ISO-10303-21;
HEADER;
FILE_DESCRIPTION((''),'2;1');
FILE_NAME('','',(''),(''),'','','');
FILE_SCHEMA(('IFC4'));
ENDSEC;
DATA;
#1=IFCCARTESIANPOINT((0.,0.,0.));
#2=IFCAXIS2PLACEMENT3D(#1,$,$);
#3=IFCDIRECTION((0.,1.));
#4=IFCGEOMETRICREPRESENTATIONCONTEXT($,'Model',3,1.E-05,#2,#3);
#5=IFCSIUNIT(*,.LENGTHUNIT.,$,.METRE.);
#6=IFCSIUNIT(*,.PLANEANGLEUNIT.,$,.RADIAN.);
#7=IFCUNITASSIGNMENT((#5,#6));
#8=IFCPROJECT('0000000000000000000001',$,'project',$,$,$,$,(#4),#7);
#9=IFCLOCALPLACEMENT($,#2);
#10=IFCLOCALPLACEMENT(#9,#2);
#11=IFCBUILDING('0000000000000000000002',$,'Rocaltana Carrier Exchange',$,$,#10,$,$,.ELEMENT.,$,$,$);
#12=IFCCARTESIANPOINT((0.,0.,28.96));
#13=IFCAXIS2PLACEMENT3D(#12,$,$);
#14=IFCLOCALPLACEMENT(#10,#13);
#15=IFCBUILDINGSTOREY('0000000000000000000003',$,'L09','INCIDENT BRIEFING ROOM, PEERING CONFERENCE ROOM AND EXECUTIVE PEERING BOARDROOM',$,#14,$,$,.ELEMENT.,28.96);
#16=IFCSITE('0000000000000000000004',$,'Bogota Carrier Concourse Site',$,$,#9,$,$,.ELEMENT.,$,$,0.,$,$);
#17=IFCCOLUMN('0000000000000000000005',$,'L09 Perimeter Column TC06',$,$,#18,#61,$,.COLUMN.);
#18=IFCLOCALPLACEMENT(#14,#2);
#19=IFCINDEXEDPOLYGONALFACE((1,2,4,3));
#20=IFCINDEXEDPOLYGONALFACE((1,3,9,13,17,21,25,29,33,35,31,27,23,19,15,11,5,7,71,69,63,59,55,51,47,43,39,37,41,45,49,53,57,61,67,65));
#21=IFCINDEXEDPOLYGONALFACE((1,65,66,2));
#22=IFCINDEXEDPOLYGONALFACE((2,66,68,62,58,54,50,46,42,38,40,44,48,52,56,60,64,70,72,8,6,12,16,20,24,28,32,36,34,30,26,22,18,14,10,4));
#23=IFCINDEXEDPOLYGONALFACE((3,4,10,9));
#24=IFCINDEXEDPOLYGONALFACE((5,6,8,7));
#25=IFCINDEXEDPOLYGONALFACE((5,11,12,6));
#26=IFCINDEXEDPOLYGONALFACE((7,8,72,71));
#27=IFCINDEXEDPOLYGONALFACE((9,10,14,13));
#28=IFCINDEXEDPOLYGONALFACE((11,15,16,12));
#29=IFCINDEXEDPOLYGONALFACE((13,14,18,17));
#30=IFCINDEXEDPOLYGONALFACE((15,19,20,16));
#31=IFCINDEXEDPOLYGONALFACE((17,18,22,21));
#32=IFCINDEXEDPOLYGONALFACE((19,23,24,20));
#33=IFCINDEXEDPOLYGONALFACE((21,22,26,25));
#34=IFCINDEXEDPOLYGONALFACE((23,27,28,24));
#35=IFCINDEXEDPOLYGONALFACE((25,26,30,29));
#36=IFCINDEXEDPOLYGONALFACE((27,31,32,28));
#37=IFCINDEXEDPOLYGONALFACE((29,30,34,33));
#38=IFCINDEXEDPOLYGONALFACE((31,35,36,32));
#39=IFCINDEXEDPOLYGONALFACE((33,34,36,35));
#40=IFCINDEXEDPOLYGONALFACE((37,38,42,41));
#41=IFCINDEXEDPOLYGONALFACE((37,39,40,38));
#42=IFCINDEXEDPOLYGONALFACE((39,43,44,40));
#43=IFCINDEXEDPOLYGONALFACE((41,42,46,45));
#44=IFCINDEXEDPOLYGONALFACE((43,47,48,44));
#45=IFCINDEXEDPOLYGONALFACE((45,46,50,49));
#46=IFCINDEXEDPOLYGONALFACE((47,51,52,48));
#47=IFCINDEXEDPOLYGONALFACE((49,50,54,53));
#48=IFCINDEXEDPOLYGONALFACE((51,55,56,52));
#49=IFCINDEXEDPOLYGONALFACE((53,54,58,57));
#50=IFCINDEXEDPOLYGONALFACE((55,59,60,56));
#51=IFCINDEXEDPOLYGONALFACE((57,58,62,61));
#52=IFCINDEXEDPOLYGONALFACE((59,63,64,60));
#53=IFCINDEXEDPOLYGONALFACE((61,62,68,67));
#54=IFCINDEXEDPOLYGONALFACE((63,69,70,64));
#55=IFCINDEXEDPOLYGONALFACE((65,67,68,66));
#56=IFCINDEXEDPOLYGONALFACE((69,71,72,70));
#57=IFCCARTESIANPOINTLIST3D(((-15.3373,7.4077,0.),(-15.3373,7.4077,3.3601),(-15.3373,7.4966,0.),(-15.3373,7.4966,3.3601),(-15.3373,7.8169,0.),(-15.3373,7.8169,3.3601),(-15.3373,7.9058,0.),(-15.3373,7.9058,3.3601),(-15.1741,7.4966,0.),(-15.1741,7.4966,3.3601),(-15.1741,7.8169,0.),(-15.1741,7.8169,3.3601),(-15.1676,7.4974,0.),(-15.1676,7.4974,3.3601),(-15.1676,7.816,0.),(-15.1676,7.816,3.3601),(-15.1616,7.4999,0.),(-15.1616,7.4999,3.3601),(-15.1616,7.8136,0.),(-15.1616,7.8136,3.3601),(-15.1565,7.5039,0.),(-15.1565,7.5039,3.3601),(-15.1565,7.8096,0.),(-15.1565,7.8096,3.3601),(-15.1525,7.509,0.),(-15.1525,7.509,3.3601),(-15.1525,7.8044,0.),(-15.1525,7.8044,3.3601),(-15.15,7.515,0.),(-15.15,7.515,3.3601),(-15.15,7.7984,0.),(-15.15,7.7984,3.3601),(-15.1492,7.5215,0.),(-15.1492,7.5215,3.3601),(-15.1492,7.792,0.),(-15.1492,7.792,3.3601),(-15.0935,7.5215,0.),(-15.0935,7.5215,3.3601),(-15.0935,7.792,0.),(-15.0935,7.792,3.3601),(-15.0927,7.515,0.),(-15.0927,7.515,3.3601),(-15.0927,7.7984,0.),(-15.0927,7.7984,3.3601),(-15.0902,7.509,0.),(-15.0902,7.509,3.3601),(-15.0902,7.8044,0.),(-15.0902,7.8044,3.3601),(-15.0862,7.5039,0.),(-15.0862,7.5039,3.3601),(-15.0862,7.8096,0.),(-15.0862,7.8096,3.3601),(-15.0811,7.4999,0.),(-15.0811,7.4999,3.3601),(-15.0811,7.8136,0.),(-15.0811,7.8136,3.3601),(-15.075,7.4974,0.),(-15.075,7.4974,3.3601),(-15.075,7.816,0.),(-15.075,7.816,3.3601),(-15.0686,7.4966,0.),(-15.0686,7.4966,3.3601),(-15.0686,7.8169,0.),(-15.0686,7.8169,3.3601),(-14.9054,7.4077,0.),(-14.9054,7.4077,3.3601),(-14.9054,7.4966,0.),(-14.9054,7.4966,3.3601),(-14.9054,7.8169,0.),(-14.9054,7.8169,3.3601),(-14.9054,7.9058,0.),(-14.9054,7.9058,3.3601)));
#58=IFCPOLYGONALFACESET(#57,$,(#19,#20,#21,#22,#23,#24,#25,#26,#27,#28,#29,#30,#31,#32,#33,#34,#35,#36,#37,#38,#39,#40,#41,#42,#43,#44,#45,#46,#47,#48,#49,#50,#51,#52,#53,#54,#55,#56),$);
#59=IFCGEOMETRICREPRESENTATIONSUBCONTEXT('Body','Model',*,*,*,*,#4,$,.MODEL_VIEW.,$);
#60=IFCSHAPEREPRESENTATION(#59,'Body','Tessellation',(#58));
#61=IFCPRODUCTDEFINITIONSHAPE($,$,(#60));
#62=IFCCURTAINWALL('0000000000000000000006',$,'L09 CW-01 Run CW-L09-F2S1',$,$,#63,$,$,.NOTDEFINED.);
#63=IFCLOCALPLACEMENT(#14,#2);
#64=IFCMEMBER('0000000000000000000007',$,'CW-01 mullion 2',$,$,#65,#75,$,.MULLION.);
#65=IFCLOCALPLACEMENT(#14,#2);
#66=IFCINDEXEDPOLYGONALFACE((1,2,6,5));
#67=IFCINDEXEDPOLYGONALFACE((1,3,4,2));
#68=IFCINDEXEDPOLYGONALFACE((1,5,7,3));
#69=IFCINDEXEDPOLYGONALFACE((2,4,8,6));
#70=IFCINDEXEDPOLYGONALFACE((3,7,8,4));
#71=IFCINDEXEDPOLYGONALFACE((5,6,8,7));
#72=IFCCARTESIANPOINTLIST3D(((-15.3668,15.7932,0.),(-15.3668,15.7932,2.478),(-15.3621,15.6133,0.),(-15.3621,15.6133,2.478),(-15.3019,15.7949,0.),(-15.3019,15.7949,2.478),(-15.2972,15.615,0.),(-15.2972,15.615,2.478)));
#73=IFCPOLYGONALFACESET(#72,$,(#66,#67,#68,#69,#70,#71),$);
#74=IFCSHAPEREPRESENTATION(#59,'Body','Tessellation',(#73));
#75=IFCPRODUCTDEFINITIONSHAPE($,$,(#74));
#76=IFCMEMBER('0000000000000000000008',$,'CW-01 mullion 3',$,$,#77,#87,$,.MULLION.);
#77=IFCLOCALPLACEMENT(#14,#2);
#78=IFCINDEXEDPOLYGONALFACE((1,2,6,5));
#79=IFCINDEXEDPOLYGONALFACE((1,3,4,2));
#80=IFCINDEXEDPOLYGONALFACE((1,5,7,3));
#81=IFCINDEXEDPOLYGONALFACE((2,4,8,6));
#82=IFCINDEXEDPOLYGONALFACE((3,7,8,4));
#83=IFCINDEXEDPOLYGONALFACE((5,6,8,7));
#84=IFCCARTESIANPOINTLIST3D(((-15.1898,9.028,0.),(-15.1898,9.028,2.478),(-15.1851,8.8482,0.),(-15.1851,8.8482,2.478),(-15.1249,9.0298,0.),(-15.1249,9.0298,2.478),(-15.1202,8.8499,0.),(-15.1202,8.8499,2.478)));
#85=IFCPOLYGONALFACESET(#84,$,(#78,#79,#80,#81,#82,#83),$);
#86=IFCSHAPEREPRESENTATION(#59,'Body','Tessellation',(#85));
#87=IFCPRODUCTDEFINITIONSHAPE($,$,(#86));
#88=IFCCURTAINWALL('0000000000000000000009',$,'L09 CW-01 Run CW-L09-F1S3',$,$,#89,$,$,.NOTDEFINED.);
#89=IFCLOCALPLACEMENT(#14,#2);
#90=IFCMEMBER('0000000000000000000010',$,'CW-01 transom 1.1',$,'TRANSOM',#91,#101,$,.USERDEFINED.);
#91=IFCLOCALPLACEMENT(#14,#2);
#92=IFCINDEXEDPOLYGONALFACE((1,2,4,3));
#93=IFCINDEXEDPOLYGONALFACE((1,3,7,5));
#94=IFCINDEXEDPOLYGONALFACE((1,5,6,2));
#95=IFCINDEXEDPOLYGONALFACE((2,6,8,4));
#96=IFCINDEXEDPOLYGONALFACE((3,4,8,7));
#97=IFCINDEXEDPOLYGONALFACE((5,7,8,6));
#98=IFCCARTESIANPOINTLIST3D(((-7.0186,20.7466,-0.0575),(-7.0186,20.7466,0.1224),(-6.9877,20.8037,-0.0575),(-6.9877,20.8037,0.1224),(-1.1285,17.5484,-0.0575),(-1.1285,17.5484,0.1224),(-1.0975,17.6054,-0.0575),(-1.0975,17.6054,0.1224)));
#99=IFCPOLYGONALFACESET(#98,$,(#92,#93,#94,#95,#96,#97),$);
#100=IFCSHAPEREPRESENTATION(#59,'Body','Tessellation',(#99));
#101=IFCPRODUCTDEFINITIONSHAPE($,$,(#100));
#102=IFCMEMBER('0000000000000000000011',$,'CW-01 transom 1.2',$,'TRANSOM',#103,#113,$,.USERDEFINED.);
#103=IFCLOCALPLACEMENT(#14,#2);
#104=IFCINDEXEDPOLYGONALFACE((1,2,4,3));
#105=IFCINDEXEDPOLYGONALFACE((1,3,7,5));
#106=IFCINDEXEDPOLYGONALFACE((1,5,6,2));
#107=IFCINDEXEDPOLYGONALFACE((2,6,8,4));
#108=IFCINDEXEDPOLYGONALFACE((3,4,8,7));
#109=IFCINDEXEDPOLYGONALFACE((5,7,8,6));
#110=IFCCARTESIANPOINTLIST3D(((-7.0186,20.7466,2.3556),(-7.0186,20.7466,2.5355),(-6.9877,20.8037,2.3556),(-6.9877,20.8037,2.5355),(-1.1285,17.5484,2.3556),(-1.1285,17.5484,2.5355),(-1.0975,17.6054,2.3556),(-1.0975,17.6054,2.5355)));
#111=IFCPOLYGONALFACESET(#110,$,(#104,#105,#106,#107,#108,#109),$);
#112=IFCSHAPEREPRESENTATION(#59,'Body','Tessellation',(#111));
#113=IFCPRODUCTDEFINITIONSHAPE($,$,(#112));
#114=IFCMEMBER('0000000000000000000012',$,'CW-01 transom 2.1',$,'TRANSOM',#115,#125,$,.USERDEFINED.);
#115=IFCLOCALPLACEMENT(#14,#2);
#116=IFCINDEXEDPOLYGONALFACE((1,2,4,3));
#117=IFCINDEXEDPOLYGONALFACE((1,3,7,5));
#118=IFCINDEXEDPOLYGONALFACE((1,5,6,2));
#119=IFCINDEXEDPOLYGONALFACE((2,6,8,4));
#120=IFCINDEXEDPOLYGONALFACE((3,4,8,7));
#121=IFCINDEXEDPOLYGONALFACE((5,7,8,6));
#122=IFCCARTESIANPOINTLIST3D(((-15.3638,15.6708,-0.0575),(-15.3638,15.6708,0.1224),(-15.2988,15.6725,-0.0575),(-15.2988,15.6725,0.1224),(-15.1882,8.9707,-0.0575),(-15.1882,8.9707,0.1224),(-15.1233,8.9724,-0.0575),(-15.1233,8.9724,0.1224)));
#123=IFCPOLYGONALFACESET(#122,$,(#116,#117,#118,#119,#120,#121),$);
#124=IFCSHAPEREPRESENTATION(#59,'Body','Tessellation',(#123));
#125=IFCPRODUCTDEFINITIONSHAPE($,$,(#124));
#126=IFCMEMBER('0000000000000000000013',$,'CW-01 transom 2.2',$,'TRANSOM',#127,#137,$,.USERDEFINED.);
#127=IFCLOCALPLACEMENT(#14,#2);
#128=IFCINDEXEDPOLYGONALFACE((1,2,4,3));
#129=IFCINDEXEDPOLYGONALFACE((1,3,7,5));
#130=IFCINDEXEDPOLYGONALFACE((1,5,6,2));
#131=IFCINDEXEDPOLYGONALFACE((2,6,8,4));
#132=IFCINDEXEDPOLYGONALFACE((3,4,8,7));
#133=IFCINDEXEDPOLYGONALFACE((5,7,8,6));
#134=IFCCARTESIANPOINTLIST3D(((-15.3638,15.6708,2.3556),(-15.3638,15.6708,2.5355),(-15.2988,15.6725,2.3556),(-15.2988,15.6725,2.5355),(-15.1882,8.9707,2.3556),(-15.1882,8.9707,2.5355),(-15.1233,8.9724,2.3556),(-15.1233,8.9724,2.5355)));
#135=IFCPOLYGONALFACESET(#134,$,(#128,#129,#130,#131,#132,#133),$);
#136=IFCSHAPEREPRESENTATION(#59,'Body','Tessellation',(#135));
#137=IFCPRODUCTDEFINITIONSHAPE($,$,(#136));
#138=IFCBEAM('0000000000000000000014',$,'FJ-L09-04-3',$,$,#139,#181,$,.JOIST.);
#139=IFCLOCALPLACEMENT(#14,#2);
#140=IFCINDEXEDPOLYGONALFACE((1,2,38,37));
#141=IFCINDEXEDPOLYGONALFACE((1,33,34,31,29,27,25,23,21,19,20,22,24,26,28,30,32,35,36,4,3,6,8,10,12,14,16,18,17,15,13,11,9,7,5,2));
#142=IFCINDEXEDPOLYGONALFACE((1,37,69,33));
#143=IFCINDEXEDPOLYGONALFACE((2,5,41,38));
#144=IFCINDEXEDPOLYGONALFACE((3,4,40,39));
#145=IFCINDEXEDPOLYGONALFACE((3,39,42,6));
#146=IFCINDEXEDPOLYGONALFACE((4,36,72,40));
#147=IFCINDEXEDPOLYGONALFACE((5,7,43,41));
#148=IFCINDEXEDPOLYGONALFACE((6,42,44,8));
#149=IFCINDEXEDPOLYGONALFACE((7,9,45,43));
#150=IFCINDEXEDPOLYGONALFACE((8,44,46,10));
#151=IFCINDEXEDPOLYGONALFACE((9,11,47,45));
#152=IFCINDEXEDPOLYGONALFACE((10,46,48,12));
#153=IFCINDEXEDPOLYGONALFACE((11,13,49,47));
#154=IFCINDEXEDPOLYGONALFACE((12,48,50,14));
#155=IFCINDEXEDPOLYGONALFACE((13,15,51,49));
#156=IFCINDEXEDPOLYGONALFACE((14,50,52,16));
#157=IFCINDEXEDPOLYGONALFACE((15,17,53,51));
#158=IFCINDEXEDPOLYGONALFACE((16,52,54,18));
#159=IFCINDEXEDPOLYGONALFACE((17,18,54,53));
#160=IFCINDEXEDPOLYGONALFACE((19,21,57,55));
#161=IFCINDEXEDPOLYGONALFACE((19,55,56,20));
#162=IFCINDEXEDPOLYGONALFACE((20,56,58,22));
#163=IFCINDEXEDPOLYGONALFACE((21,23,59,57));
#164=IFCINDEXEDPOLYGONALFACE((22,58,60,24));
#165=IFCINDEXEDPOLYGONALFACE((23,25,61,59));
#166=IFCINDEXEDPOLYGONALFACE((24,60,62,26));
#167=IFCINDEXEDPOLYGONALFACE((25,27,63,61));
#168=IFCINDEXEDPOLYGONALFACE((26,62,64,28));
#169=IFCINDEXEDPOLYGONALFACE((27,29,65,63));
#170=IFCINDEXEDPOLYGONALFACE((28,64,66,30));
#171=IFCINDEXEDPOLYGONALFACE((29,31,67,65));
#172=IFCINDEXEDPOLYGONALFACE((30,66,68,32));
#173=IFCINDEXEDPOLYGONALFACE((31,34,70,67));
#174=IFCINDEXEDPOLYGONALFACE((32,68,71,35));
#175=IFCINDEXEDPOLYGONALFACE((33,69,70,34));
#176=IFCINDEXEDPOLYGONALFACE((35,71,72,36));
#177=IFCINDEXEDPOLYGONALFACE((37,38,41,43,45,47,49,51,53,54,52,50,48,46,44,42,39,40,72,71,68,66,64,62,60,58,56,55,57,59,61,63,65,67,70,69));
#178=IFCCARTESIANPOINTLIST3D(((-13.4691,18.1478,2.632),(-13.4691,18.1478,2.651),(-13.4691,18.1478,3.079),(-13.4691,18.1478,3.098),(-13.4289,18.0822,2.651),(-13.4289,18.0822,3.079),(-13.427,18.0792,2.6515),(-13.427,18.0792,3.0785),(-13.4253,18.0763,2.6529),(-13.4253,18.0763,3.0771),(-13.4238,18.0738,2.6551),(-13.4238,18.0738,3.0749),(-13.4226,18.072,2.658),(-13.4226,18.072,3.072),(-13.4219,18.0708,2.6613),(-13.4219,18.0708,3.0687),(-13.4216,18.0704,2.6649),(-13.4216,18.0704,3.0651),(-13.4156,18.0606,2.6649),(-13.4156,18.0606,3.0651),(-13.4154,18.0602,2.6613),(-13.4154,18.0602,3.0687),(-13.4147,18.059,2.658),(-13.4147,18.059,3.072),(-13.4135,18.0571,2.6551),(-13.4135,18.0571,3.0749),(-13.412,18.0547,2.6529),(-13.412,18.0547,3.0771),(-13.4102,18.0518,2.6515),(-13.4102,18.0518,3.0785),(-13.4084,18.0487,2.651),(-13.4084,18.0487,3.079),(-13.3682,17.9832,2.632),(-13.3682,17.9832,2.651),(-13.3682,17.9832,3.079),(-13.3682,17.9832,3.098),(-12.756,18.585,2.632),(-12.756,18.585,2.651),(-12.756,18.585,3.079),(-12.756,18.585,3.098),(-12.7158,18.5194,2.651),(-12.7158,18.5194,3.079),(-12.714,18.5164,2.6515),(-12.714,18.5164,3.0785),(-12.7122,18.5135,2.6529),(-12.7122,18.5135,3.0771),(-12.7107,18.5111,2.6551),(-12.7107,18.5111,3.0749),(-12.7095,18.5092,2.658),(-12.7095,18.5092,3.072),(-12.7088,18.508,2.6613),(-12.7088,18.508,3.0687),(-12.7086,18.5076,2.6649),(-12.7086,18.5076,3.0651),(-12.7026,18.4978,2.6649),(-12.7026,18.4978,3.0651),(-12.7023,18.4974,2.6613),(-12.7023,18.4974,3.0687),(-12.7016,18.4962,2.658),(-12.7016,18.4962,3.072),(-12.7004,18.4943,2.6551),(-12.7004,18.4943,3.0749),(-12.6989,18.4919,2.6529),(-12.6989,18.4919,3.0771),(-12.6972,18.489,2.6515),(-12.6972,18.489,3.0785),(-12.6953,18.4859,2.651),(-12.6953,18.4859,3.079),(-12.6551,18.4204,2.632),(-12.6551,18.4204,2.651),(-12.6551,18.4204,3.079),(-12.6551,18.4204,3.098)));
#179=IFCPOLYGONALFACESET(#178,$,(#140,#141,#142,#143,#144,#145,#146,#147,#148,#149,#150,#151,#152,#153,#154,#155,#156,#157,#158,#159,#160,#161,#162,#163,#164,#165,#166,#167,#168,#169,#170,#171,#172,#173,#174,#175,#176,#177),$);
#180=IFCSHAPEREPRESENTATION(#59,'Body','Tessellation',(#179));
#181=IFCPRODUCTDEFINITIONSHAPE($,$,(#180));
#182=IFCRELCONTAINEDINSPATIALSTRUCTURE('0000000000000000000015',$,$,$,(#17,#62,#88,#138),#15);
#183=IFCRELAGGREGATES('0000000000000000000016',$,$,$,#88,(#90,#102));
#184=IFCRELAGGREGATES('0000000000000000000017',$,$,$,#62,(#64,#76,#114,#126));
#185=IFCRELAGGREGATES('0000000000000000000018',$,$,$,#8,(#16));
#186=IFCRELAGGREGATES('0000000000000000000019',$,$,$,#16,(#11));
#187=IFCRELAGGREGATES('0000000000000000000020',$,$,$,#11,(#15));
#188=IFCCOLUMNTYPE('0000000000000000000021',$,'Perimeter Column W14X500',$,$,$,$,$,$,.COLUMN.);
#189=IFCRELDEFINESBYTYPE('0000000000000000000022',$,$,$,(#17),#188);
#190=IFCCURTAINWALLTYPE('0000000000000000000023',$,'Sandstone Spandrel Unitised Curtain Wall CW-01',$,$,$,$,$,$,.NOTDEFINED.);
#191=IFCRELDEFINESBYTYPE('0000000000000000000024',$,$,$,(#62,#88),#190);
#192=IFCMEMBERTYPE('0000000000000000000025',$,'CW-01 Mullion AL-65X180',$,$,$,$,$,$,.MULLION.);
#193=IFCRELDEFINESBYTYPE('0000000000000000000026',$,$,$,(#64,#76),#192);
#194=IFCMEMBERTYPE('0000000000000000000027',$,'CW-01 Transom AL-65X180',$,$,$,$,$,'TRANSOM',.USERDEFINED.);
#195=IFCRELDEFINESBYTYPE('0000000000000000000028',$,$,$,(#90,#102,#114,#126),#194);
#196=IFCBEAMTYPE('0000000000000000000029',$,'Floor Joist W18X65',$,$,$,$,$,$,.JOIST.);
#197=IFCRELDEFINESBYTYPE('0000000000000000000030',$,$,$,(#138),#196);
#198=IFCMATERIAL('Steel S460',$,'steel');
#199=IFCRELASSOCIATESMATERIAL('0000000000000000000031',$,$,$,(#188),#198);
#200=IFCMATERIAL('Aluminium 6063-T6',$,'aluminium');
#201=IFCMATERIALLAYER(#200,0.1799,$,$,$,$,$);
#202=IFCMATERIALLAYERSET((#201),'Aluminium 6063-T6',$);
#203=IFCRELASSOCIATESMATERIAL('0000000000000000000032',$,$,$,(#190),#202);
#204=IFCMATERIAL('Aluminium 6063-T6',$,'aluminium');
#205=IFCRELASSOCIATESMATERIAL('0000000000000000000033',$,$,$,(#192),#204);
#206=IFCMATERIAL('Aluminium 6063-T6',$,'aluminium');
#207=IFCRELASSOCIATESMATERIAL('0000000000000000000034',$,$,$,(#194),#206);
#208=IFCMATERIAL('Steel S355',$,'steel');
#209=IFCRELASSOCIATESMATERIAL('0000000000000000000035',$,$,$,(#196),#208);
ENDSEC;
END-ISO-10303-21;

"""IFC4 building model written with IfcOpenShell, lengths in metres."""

from ifc_helpers import new_model, si_unit, direction, frame, origin, origin_2d, place, context, subcontext, project, spatial, rectangle, i_section, extrude, material, layer, layer_set, material_profile, profile_set, type_object, element, aggregate, save


model = new_model("IFC4")

# Units and contexts
model_context = context("Model", 3, precision=1e-05, world=origin(), true_north=direction((0.0, 1.0)))
body_context = subcontext(model_context, "Body", "Model", "MODEL_VIEW")
ifc_project = project(units=[si_unit("LENGTHUNIT", "METRE"), si_unit("PLANEANGLEUNIT", "RADIAN")], contexts=[model_context])

# Site, building, storey
site_placement = place(None, origin())
site = spatial("IfcSite", under=ifc_project, at=site_placement, Name="Bogota Carrier Concourse Site", CompositionType="ELEMENT", RefElevation=0.0)
building_placement = place(site_placement, origin())
building = spatial("IfcBuilding", under=site, at=building_placement, Name="Rocaltana Carrier Exchange", CompositionType="ELEMENT")
storey_placement = place(building_placement, frame((0.0, 0.0, 28.96)))
storey = spatial("IfcBuildingStorey", under=building, at=storey_placement, Name="L09", Description="INCIDENT BRIEFING ROOM, PEERING CONFERENCE ROOM AND EXECUTIVE PEERING BOARDROOM", CompositionType="ELEMENT", Elevation=28.96)

# Column
ifc_material_1 = material(Name="Steel S460", Category="steel")
ifc_material_profile_1 = material_profile(ifc_material_1, i_section(OverallWidth=0.4319, OverallDepth=0.498, WebThickness=0.0557, FlangeThickness=0.0889, FilletRadius=0.0249, at=origin_2d()), Name="W14X500")
ifc_profile_set_1 = profile_set([ifc_material_profile_1], Name="Steel S460")
column_type = type_object("IfcColumnType", Name="Perimeter Column W14X500", PredefinedType="COLUMN", material=ifc_profile_set_1)
column_placement = place(storey_placement, frame((-15.1213, 7.6567, 0.0), z_axis=(0.0, 0.0, 1.0), x_axis=(1.0, 0.0, 0.0)))
element("IfcColumn", 1, at=column_placement, inside=storey, type_object=column_type, Name="L09 Perimeter Column TC06", PredefinedType="COLUMN", context=body_context, shape_type="SweptSolid", body=[
    extrude(i_section(OverallWidth=0.4319, OverallDepth=0.498, WebThickness=0.0557, FlangeThickness=0.0889, FilletRadius=0.0249, at=origin_2d()), origin(), (0.0, 0.0, 1.0), 3.3601),
])

# Curtain walls, members
ifc_material_2 = material(Name="Aluminium 6063-T6", Category="aluminium")
ifc_layer_1 = layer(ifc_material_2, 0.1799)
ifc_layer_set_1 = layer_set([ifc_layer_1], Name="Aluminium 6063-T6")
curtain_wall_type = type_object("IfcCurtainWallType", Name="Sandstone Spandrel Unitised Curtain Wall CW-01", PredefinedType="NOTDEFINED", material=ifc_layer_set_1)
curtain_wall_1_placement = place(storey_placement, origin())
curtain_wall_1 = element("IfcCurtainWall", 2, at=curtain_wall_1_placement, inside=storey, type_object=curtain_wall_type, Name="L09 CW-01 Run CW-L09-F2S1", PredefinedType="NOTDEFINED")
ifc_material_3 = material(Name="Aluminium 6063-T6", Category="aluminium")
ifc_material_profile_2 = material_profile(ifc_material_3, rectangle(XDim=0.0649, YDim=0.1799, at=origin_2d()), Name="AL-65X180")
ifc_profile_set_2 = profile_set([ifc_material_profile_2], Name="Aluminium 6063-T6")
member_type_1 = type_object("IfcMemberType", Name="CW-01 Mullion AL-65X180", PredefinedType="MULLION", material=ifc_profile_set_2)
member_1_placement = place(storey_placement, frame((-15.332, 15.7041, 0.0), z_axis=(0.0, 0.0, 1.0), x_axis=(0.999657, 0.026184, 0.0)))
member_1 = element("IfcMember", 3, at=member_1_placement, type_object=member_type_1, Name="CW-01 mullion 2", PredefinedType="MULLION", context=body_context, shape_type="SweptSolid", body=[
    extrude(rectangle(XDim=0.0649, YDim=0.1799, at=origin_2d()), origin(), (0.0, 0.0, 1.0), 2.478),
])
member_2_placement = place(storey_placement, frame((-15.155, 8.939, 0.0), z_axis=(0.0, 0.0, 1.0), x_axis=(0.999657, 0.026184, 0.0)))
member_2 = element("IfcMember", 4, at=member_2_placement, type_object=member_type_1, Name="CW-01 mullion 3", PredefinedType="MULLION", context=body_context, shape_type="SweptSolid", body=[
    extrude(rectangle(XDim=0.0649, YDim=0.1799, at=origin_2d()), origin(), (0.0, 0.0, 1.0), 2.478),
])
curtain_wall_2_placement = place(storey_placement, origin())
curtain_wall_2 = element("IfcCurtainWall", 5, at=curtain_wall_2_placement, inside=storey, type_object=curtain_wall_type, Name="L09 CW-01 Run CW-L09-F1S3", PredefinedType="NOTDEFINED")
ifc_material_4 = material(Name="Aluminium 6063-T6", Category="aluminium")
ifc_material_profile_3 = material_profile(ifc_material_4, rectangle(XDim=0.0649, YDim=0.1799, at=origin_2d()), Name="AL-65X180")
ifc_profile_set_3 = profile_set([ifc_material_profile_3], Name="Aluminium 6063-T6")
member_type_2 = type_object("IfcMemberType", Name="CW-01 Transom AL-65X180", ElementType="TRANSOM", PredefinedType="USERDEFINED", material=ifc_profile_set_3)
member_3_placement = place(storey_placement, frame((-1.113, 17.5769, 0.0325), z_axis=(-0.878807, 0.477177, 0.0), x_axis=(-0.477177, -0.878807, 0.0)))
member_3 = element("IfcMember", 6, at=member_3_placement, type_object=member_type_2, Name="CW-01 transom 1.1", ObjectType="TRANSOM", PredefinedType="USERDEFINED", context=body_context, shape_type="SweptSolid", body=[
    extrude(rectangle(XDim=0.0649, YDim=0.1799, at=origin_2d()), origin(), (0.0, 0.0, 1.0), 6.7024),
])
member_4_placement = place(storey_placement, frame((-1.113, 17.5769, 2.4456), z_axis=(-0.878807, 0.477177, 0.0), x_axis=(-0.477177, -0.878807, 0.0)))
member_4 = element("IfcMember", 7, at=member_4_placement, type_object=member_type_2, Name="CW-01 transom 1.2", ObjectType="TRANSOM", PredefinedType="USERDEFINED", context=body_context, shape_type="SweptSolid", body=[
    extrude(rectangle(XDim=0.0649, YDim=0.1799, at=origin_2d()), origin(), (0.0, 0.0, 1.0), 6.7024),
])
aggregate(curtain_wall_2, [member_3, member_4])

# Members
member_5_placement = place(storey_placement, frame((-15.3313, 15.6716, 0.0325), z_axis=(0.02619, -0.999657, 0.0), x_axis=(0.999657, 0.02619, 0.0)))
member_5 = element("IfcMember", 8, at=member_5_placement, type_object=member_type_2, Name="CW-01 transom 2.1", ObjectType="TRANSOM", PredefinedType="USERDEFINED", context=body_context, shape_type="SweptSolid", body=[
    extrude(rectangle(XDim=0.0649, YDim=0.1799, at=origin_2d()), origin(), (0.0, 0.0, 1.0), 6.7024),
])
member_6_placement = place(storey_placement, frame((-15.3313, 15.6716, 2.4456), z_axis=(0.02619, -0.999657, 0.0), x_axis=(0.999657, 0.02619, 0.0)))
member_6 = element("IfcMember", 9, at=member_6_placement, type_object=member_type_2, Name="CW-01 transom 2.2", ObjectType="TRANSOM", PredefinedType="USERDEFINED", context=body_context, shape_type="SweptSolid", body=[
    extrude(rectangle(XDim=0.0649, YDim=0.1799, at=origin_2d()), origin(), (0.0, 0.0, 1.0), 6.7024),
])

# Beam
ifc_material_5 = material(Name="Steel S355", Category="steel")
ifc_material_profile_4 = material_profile(ifc_material_5, i_section(OverallWidth=0.1931, OverallDepth=0.4661, WebThickness=0.0115, FlangeThickness=0.019, FilletRadius=0.0139, at=origin_2d()), Name="W18X65")
ifc_profile_set_4 = profile_set([ifc_material_profile_4], Name="Steel S355")
beam_type_1 = type_object("IfcBeamType", Name="Floor Joist W18X65", PredefinedType="JOIST", material=ifc_profile_set_4)
beam_1_placement = place(storey_placement, frame((-12.7056, 18.5027, 2.865), z_axis=(-0.852509, -0.522713, 0.0), x_axis=(0.522713, -0.852509, 0.0)))
element("IfcBeam", 10, at=beam_1_placement, inside=storey, type_object=beam_type_1, Name="FJ-L09-04-3", PredefinedType="JOIST", context=body_context, shape_type="SweptSolid", body=[
    extrude(i_section(OverallWidth=0.1931, OverallDepth=0.4661, WebThickness=0.0115, FlangeThickness=0.019, FilletRadius=0.0139, at=origin_2d()), origin(), (0.0, 0.0, 1.0), 0.8364),
])

aggregate(curtain_wall_1, [member_1, member_2, member_5, member_6])

save(model, "model.ifc")
